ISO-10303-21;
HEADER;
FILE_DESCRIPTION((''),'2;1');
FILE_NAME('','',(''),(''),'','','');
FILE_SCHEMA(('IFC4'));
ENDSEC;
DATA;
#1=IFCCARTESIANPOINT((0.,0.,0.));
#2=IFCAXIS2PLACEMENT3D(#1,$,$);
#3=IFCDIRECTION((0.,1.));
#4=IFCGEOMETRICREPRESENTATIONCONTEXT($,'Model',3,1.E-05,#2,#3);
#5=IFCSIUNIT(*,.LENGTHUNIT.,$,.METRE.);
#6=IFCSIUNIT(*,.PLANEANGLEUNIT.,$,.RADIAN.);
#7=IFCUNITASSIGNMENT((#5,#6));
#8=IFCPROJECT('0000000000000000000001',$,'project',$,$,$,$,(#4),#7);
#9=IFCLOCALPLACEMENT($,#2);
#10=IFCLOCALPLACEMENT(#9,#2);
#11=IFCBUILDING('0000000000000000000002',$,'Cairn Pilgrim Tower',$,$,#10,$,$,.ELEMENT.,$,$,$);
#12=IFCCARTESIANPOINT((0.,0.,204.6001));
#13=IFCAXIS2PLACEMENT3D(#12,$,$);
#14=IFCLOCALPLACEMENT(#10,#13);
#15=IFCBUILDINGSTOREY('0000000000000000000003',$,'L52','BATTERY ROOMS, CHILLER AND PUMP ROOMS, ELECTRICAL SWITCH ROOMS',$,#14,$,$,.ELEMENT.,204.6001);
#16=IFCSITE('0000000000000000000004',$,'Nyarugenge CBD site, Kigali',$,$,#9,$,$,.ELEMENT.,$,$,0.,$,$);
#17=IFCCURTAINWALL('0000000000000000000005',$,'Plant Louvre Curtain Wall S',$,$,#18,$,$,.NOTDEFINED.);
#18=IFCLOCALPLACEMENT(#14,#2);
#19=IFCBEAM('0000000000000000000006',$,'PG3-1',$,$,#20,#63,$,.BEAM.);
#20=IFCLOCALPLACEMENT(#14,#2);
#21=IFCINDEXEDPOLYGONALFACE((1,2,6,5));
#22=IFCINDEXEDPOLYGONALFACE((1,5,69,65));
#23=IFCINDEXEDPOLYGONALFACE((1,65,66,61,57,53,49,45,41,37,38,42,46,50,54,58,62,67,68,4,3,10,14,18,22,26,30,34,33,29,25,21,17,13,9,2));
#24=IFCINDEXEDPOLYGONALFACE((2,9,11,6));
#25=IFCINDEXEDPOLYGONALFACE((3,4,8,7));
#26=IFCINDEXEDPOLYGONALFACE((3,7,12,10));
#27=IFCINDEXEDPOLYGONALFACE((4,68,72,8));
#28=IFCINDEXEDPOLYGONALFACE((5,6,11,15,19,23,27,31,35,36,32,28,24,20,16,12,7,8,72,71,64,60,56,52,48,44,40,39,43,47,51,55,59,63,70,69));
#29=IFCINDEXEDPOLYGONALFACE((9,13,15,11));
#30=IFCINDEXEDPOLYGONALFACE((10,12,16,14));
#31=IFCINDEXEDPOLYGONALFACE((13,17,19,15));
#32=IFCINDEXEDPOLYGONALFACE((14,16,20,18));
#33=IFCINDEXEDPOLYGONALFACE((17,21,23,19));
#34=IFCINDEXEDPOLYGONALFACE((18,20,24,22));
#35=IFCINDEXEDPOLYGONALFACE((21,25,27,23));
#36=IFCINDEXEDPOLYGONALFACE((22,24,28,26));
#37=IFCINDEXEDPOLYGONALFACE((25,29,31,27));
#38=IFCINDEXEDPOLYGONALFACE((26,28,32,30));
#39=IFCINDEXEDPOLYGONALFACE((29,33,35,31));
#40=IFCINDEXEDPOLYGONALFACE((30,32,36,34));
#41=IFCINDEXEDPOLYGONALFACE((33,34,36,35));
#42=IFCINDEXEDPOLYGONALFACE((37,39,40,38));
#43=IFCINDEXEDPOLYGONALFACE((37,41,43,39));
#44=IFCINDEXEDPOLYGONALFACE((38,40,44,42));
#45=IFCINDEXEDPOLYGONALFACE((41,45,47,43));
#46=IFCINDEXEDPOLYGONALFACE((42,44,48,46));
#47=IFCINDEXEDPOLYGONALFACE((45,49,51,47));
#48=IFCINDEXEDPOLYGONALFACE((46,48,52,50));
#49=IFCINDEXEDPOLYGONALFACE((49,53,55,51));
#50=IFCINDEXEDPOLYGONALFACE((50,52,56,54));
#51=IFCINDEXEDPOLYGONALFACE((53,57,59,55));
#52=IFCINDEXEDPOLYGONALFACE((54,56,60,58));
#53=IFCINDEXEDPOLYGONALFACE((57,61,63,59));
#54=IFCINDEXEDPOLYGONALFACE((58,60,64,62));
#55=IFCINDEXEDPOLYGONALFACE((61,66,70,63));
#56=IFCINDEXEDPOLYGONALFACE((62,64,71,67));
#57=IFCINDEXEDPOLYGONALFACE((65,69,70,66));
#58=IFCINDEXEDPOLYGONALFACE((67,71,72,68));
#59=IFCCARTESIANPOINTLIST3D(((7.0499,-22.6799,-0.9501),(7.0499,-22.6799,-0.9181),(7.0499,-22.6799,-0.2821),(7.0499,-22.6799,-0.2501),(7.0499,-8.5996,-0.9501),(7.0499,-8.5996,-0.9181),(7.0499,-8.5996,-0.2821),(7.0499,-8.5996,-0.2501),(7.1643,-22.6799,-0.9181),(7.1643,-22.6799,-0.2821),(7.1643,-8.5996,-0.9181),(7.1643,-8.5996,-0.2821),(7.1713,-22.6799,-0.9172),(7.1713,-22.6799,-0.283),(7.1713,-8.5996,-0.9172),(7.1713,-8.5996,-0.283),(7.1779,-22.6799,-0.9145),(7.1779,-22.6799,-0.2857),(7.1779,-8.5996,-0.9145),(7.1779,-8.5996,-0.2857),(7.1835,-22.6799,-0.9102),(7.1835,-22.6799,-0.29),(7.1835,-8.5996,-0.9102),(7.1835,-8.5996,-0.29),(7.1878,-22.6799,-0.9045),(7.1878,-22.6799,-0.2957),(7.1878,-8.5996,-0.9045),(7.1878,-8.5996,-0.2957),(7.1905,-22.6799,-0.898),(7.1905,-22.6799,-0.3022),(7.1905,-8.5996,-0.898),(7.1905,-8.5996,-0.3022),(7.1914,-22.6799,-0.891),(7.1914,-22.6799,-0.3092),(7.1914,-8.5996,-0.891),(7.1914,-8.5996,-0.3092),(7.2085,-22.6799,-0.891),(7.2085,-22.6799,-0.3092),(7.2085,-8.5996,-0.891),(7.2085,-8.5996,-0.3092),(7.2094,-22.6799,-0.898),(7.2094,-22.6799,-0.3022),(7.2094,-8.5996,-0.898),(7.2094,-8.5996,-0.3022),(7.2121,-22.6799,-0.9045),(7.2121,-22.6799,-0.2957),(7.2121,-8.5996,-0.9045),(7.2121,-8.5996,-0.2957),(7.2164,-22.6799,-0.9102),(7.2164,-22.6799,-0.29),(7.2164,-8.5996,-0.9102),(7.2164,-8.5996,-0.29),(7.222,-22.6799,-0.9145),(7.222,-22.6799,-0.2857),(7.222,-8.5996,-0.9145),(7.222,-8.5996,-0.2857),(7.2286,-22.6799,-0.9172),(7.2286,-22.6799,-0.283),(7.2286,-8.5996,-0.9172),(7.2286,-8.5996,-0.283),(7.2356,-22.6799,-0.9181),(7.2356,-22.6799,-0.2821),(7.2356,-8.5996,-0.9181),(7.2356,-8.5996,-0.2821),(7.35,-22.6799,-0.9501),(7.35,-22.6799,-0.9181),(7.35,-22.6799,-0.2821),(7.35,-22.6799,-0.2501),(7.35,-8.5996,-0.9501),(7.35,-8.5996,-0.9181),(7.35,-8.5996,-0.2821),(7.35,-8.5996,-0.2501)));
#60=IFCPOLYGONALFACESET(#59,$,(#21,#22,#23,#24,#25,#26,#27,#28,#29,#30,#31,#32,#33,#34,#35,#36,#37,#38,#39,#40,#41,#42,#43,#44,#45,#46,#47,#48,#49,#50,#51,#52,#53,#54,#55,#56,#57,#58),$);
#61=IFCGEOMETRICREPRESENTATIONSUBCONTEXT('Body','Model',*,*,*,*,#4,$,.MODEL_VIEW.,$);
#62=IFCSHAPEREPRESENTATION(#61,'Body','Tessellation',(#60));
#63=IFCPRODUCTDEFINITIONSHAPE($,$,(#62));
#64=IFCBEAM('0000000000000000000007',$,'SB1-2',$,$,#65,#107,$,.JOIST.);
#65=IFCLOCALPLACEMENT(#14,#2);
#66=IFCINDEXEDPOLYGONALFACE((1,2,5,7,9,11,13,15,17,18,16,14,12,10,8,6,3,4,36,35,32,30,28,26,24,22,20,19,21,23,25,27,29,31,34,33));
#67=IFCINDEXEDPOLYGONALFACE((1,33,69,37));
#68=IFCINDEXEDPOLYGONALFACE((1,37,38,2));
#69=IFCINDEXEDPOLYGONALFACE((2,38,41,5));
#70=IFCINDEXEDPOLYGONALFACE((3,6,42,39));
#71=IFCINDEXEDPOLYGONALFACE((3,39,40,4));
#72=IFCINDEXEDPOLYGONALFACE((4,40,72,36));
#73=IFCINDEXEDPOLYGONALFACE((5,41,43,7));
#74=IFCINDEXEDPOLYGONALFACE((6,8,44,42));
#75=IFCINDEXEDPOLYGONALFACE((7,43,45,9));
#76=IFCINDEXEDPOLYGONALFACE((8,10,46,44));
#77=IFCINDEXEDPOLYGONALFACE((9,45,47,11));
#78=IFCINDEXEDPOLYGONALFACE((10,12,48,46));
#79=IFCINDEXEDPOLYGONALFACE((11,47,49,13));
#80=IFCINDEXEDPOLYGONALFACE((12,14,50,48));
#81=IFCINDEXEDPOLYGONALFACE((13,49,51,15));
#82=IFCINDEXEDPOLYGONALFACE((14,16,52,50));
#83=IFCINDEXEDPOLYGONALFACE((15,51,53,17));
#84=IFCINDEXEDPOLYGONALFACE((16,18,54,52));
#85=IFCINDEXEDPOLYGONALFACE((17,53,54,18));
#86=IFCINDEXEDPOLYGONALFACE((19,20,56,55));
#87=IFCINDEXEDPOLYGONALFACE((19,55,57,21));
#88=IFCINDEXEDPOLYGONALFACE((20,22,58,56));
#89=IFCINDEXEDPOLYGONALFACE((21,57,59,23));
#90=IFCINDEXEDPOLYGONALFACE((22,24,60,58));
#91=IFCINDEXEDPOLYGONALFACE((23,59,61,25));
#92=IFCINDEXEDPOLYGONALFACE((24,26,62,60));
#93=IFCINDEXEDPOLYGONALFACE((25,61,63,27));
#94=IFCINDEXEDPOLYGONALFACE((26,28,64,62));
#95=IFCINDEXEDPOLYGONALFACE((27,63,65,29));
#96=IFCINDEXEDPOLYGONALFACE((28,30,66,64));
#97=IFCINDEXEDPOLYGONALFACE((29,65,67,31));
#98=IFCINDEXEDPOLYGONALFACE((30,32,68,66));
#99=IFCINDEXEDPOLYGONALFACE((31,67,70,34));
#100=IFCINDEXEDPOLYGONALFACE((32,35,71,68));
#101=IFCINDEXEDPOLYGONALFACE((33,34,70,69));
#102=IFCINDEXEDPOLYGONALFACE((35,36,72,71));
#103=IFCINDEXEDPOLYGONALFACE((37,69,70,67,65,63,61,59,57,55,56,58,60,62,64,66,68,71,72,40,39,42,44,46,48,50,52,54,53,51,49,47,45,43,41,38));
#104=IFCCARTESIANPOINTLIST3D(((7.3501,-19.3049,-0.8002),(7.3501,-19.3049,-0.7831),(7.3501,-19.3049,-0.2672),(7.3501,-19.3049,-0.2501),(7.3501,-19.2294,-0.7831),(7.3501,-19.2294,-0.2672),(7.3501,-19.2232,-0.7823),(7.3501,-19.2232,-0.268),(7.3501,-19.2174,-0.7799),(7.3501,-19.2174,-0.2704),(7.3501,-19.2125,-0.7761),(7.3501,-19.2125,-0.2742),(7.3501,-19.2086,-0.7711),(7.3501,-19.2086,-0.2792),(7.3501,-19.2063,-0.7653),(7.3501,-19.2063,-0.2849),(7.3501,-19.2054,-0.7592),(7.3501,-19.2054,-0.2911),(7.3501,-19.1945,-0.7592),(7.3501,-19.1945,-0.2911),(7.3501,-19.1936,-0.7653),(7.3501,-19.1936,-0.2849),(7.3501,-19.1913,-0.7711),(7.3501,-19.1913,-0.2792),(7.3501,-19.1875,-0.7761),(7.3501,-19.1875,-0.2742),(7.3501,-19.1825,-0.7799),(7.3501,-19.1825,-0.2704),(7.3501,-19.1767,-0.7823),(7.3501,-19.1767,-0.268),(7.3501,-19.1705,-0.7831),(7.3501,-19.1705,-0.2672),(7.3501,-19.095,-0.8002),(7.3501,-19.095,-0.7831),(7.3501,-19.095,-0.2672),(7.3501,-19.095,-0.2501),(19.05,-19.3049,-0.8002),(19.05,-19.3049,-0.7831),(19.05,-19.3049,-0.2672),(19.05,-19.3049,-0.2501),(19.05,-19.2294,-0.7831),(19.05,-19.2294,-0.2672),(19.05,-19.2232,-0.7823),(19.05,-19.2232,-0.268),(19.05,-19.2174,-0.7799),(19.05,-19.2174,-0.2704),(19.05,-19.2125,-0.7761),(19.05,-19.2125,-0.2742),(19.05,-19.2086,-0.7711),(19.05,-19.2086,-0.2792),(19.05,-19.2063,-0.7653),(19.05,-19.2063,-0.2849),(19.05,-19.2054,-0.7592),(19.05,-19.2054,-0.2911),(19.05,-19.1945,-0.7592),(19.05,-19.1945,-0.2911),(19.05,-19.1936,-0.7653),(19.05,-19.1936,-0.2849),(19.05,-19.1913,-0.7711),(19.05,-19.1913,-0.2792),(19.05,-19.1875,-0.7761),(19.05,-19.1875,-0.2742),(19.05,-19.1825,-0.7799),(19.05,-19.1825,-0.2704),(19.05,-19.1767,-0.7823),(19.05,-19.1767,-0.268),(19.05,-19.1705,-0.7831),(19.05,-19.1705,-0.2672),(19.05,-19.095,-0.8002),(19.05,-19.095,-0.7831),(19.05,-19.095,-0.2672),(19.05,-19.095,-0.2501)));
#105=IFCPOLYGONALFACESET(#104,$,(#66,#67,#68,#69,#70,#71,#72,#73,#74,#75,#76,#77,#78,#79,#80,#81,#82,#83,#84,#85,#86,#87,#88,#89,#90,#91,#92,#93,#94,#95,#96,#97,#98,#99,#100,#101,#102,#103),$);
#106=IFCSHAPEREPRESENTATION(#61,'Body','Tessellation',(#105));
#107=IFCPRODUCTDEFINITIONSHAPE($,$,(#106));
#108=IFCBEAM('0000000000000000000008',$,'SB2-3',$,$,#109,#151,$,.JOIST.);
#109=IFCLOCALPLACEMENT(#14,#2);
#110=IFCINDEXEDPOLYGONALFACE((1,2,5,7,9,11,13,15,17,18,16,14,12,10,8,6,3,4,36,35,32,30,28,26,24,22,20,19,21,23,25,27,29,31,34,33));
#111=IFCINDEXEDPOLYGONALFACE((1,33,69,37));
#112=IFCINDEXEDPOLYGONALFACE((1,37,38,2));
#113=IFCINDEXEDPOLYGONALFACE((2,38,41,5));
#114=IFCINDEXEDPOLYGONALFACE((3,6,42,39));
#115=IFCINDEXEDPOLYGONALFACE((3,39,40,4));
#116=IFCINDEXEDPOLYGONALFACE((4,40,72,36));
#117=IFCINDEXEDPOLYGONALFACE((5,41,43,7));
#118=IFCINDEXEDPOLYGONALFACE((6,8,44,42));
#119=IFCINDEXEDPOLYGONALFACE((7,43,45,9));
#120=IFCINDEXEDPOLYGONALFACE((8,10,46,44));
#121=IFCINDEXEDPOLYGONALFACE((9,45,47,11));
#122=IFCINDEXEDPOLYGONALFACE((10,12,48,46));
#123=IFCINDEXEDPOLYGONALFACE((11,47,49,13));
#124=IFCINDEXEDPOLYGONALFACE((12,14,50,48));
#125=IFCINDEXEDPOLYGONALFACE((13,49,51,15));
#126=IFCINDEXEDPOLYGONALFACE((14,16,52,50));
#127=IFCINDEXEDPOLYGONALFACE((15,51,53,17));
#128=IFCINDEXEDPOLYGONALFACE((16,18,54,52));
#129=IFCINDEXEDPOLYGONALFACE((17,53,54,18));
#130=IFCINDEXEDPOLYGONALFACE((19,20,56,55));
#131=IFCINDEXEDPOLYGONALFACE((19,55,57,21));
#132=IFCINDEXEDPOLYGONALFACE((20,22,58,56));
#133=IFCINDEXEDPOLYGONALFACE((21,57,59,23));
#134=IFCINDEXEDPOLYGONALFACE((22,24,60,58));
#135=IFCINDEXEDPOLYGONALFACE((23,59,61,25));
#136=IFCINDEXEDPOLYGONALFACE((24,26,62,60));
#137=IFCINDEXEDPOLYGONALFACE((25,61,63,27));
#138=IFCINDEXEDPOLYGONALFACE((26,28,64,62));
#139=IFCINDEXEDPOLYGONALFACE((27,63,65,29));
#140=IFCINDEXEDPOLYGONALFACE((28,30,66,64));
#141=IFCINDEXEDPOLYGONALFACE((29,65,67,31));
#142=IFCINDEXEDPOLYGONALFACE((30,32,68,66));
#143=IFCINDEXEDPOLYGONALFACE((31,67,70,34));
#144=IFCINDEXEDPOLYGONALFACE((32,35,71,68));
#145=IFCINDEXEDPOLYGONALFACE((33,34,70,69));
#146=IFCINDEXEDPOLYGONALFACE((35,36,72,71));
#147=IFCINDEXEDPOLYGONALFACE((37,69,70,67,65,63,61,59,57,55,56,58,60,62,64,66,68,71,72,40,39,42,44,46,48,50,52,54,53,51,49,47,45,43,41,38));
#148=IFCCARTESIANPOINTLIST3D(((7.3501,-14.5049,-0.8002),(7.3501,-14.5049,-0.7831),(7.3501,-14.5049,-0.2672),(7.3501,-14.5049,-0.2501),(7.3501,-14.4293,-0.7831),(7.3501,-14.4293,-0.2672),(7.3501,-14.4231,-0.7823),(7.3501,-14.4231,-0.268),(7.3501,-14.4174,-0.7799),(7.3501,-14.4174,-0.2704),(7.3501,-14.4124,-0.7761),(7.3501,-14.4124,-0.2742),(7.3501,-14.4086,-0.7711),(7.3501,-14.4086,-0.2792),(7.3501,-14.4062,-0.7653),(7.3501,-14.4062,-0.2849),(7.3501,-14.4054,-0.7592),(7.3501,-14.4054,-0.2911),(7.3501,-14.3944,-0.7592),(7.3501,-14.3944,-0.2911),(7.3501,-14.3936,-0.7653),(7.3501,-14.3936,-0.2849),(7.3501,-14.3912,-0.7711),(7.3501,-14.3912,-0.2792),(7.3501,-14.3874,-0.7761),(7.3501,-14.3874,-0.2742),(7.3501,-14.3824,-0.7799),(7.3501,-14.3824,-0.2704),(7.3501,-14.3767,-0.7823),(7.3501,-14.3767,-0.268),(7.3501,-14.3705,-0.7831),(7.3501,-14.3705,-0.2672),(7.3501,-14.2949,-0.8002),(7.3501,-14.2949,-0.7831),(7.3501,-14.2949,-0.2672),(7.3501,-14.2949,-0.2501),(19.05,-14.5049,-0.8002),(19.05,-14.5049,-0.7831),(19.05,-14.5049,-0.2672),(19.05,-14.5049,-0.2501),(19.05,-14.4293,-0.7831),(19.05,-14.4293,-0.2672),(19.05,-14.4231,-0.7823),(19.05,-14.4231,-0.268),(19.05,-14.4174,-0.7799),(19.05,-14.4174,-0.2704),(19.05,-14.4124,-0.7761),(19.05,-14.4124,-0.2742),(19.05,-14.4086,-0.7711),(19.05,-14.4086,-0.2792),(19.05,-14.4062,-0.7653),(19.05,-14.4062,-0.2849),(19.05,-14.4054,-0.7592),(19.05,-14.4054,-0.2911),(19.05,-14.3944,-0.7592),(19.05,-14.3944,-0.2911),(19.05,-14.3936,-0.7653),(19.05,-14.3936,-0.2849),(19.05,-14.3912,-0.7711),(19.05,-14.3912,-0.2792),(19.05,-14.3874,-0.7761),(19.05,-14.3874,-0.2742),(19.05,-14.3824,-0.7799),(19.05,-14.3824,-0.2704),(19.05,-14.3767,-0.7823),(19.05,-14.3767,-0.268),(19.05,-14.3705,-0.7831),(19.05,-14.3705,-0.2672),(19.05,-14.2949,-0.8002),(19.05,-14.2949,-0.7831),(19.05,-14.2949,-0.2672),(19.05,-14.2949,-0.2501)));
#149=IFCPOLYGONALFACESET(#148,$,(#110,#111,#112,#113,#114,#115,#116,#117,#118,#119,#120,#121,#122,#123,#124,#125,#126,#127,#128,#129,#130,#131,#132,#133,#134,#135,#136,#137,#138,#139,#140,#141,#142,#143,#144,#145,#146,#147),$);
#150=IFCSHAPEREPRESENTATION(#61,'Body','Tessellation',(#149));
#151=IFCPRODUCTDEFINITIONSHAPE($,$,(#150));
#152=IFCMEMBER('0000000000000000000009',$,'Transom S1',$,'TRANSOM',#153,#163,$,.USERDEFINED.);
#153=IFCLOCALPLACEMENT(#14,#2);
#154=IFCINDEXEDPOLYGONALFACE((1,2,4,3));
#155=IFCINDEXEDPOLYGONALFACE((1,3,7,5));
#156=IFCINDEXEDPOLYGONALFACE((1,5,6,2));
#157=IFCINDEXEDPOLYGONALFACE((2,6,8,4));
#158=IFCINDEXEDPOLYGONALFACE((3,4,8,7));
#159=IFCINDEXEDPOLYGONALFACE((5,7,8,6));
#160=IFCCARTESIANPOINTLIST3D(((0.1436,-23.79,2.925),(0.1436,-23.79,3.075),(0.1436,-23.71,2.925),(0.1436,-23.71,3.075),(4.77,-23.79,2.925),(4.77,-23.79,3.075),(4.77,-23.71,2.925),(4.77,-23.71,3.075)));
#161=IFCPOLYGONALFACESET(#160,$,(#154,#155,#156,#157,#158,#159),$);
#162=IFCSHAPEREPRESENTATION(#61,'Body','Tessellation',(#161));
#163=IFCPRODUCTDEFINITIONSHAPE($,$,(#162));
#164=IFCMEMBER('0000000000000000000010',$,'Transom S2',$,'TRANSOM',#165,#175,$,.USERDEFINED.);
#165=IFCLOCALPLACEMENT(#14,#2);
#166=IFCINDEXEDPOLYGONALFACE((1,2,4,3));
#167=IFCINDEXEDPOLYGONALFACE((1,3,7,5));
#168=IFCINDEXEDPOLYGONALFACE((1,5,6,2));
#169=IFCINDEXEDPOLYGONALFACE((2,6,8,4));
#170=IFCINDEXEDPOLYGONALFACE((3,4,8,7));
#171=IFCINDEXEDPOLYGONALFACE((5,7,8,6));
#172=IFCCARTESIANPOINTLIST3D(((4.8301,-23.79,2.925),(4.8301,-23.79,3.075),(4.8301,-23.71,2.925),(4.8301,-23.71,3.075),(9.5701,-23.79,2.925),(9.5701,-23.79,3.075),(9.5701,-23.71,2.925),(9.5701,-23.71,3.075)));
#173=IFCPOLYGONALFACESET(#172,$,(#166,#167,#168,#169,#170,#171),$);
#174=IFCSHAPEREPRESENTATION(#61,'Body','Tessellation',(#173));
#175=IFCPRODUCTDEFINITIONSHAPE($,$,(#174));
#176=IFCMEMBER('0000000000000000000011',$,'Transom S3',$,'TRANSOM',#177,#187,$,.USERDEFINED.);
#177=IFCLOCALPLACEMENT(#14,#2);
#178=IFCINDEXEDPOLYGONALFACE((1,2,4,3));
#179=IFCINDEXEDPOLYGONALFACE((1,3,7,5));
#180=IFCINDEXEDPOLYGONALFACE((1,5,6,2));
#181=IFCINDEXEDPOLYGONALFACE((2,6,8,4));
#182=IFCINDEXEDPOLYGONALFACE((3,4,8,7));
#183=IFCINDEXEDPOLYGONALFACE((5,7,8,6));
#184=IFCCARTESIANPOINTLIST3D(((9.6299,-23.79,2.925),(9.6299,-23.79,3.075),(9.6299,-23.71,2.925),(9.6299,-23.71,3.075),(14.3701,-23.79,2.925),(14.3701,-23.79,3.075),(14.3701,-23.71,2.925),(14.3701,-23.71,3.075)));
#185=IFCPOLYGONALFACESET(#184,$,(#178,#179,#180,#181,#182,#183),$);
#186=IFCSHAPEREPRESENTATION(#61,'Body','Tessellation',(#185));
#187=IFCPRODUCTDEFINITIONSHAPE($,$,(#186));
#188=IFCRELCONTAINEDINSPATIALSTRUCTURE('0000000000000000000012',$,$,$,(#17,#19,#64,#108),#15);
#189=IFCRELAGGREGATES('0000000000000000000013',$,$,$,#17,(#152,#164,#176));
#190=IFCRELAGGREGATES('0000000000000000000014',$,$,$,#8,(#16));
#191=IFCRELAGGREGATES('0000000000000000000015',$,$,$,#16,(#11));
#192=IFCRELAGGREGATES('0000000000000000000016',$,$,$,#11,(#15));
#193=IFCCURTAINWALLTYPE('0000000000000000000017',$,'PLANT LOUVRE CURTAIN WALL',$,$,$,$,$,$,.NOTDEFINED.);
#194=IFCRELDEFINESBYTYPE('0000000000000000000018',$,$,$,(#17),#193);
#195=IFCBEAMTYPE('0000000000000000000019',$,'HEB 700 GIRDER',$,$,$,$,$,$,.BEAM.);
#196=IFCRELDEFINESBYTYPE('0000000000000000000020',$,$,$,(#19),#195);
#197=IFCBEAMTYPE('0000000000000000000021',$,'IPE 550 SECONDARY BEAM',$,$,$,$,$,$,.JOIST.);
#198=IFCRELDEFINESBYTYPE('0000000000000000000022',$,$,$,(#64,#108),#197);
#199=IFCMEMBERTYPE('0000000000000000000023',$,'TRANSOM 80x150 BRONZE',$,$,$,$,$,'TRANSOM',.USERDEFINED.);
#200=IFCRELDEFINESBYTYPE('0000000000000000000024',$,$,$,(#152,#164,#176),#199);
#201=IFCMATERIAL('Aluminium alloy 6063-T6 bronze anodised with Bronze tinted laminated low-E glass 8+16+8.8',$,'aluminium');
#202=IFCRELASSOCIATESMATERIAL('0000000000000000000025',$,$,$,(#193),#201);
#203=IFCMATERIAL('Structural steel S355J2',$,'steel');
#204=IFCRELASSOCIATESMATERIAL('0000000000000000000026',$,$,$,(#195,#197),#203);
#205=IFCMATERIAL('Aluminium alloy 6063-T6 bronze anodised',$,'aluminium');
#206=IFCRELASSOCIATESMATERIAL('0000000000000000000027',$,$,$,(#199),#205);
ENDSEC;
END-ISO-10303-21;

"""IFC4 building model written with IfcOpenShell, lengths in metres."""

from ifc_helpers import new_model, si_unit, direction, frame, origin, origin_2d, place, context, subcontext, project, spatial, rectangle, i_section, extrude, material, material_profile, profile_set, type_object, element, aggregate, save


model = new_model("IFC4")

# Units and contexts
model_context = context("Model", 3, precision=1e-05, world=origin(), true_north=direction((0.0, 1.0)))
body_context = subcontext(model_context, "Body", "Model", "MODEL_VIEW")
ifc_project = project(units=[si_unit("LENGTHUNIT", "METRE"), si_unit("PLANEANGLEUNIT", "RADIAN")], contexts=[model_context])

# Site, building, storey
site_placement = place(None, origin())
site = spatial("IfcSite", under=ifc_project, at=site_placement, Name="Nyarugenge CBD site, Kigali", CompositionType="ELEMENT", RefElevation=0.0)
building_placement = place(site_placement, origin())
building = spatial("IfcBuilding", under=site, at=building_placement, Name="Cairn Pilgrim Tower", CompositionType="ELEMENT")
storey_placement = place(building_placement, frame((0.0, 0.0, 204.6001)))
storey = spatial("IfcBuildingStorey", under=building, at=storey_placement, Name="L52", Description="BATTERY ROOMS, CHILLER AND PUMP ROOMS, ELECTRICAL SWITCH ROOMS", CompositionType="ELEMENT", Elevation=204.6001)

# Curtain wall
ifc_material_1 = material(Name="Aluminium alloy 6063-T6 bronze anodised with Bronze tinted laminated low-E glass 8+16+8.8", Category="aluminium")
curtain_wall_type = type_object("IfcCurtainWallType", Name="PLANT LOUVRE CURTAIN WALL", PredefinedType="NOTDEFINED", material=ifc_material_1)
curtain_wall_1_placement = place(storey_placement, origin())
curtain_wall_1 = element("IfcCurtainWall", 1, at=curtain_wall_1_placement, inside=storey, type_object=curtain_wall_type, Name="Plant Louvre Curtain Wall S", PredefinedType="NOTDEFINED")
ifc_material_2 = material(Name="Aluminium alloy 6063-T6 bronze anodised", Category="aluminium")

# Beams
ifc_material_3 = material(Name="Structural steel S355J2", Category="steel")
ifc_material_profile_1 = material_profile(ifc_material_3, i_section(OverallWidth=0.3, OverallDepth=0.7, WebThickness=0.0171, FlangeThickness=0.032, FilletRadius=0.0271, at=origin_2d()), Name="HEB 700")
ifc_profile_set_1 = profile_set([ifc_material_profile_1], Name="Structural steel S355J2")
beam_type_1 = type_object("IfcBeamType", Name="HEB 700 GIRDER", PredefinedType="BEAM", material=ifc_profile_set_1)
beam_1_placement = place(storey_placement, frame((7.2, -22.6799, -0.6001), z_axis=(0.0, 1.0, 0.0), x_axis=(-1.0, 0.0, 0.0)))
element("IfcBeam", 2, at=beam_1_placement, inside=storey, type_object=beam_type_1, Name="PG3-1", PredefinedType="BEAM", context=body_context, shape_type="SweptSolid", body=[
    extrude(i_section(OverallWidth=0.3, OverallDepth=0.7, WebThickness=0.0171, FlangeThickness=0.032, FilletRadius=0.0271, at=origin_2d()), origin(), (0.0, 0.0, 1.0), 14.0803),
])
ifc_material_profile_2 = material_profile(ifc_material_3, i_section(OverallWidth=0.21, OverallDepth=0.55, WebThickness=0.011, FlangeThickness=0.0171, FilletRadius=0.0239, at=origin_2d()), Name="IPE 550")
ifc_profile_set_2 = profile_set([ifc_material_profile_2], Name="Structural steel S355J2")
beam_type_2 = type_object("IfcBeamType", Name="IPE 550 SECONDARY BEAM", PredefinedType="JOIST", material=ifc_profile_set_2)
for number, where, z_axis, x_axis, name in (
    (3, (7.3501, -19.2, -0.5251), (1.0, 0.0, 0.0), (0.0, 1.0, 0.0), "SB1-2"),
    (4, (7.3501, -14.3999, -0.5251), (1.0, 0.0, 0.0), (0.0, 1.0, 0.0), "SB2-3"),
):
    element("IfcBeam", number, at=place(storey_placement, frame(where, z_axis=z_axis, x_axis=x_axis)), inside=storey, type_object=beam_type_2, Name=name, PredefinedType="JOIST", context=body_context, shape_type="SweptSolid", body=[
        extrude(i_section(OverallWidth=0.21, OverallDepth=0.55, WebThickness=0.011, FlangeThickness=0.0171, FilletRadius=0.0239, at=origin_2d()), origin(), (0.0, 0.0, 1.0), 11.7),
    ])

# Members
ifc_material_profile_3 = material_profile(ifc_material_2, rectangle(XDim=0.0801, YDim=0.1499, at=origin_2d()), Name="TRANSOM 80x150 BRONZE")
ifc_profile_set_3 = profile_set([ifc_material_profile_3], Name="Aluminium alloy 6063-T6 bronze anodised")
member_type_1 = type_object("IfcMemberType", Name="TRANSOM 80x150 BRONZE", ElementType="TRANSOM", PredefinedType="USERDEFINED", material=ifc_profile_set_3)
member_1_placement = place(storey_placement, frame((0.1436, -23.75, 3.0), z_axis=(1.0, 0.0, 0.0), x_axis=(0.0, 1.0, 0.0)))
member_1 = element("IfcMember", 5, at=member_1_placement, type_object=member_type_1, Name="Transom S1", ObjectType="TRANSOM", PredefinedType="USERDEFINED", context=body_context, shape_type="SweptSolid", body=[
    extrude(rectangle(XDim=0.0801, YDim=0.1499, at=origin_2d()), origin(), (0.0, 0.0, 1.0), 4.6265),
])
member_2_placement = place(storey_placement, frame((4.8301, -23.75, 3.0), z_axis=(1.0, 0.0, 0.0), x_axis=(0.0, 1.0, 0.0)))
member_2 = element("IfcMember", 6, at=member_2_placement, type_object=member_type_1, Name="Transom S2", ObjectType="TRANSOM", PredefinedType="USERDEFINED", context=body_context, shape_type="SweptSolid", body=[
    extrude(rectangle(XDim=0.0801, YDim=0.1499, at=origin_2d()), origin(), (0.0, 0.0, 1.0), 4.74),
])
member_3_placement = place(storey_placement, frame((9.6299, -23.75, 3.0), z_axis=(1.0, 0.0, 0.0), x_axis=(0.0, 1.0, 0.0)))
member_3 = element("IfcMember", 7, at=member_3_placement, type_object=member_type_1, Name="Transom S3", ObjectType="TRANSOM", PredefinedType="USERDEFINED", context=body_context, shape_type="SweptSolid", body=[
    extrude(rectangle(XDim=0.0801, YDim=0.1499, at=origin_2d()), origin(), (0.0, 0.0, 1.0), 4.7402),
])

aggregate(curtain_wall_1, [member_1, member_2, member_3])

save(model, "model.ifc")
